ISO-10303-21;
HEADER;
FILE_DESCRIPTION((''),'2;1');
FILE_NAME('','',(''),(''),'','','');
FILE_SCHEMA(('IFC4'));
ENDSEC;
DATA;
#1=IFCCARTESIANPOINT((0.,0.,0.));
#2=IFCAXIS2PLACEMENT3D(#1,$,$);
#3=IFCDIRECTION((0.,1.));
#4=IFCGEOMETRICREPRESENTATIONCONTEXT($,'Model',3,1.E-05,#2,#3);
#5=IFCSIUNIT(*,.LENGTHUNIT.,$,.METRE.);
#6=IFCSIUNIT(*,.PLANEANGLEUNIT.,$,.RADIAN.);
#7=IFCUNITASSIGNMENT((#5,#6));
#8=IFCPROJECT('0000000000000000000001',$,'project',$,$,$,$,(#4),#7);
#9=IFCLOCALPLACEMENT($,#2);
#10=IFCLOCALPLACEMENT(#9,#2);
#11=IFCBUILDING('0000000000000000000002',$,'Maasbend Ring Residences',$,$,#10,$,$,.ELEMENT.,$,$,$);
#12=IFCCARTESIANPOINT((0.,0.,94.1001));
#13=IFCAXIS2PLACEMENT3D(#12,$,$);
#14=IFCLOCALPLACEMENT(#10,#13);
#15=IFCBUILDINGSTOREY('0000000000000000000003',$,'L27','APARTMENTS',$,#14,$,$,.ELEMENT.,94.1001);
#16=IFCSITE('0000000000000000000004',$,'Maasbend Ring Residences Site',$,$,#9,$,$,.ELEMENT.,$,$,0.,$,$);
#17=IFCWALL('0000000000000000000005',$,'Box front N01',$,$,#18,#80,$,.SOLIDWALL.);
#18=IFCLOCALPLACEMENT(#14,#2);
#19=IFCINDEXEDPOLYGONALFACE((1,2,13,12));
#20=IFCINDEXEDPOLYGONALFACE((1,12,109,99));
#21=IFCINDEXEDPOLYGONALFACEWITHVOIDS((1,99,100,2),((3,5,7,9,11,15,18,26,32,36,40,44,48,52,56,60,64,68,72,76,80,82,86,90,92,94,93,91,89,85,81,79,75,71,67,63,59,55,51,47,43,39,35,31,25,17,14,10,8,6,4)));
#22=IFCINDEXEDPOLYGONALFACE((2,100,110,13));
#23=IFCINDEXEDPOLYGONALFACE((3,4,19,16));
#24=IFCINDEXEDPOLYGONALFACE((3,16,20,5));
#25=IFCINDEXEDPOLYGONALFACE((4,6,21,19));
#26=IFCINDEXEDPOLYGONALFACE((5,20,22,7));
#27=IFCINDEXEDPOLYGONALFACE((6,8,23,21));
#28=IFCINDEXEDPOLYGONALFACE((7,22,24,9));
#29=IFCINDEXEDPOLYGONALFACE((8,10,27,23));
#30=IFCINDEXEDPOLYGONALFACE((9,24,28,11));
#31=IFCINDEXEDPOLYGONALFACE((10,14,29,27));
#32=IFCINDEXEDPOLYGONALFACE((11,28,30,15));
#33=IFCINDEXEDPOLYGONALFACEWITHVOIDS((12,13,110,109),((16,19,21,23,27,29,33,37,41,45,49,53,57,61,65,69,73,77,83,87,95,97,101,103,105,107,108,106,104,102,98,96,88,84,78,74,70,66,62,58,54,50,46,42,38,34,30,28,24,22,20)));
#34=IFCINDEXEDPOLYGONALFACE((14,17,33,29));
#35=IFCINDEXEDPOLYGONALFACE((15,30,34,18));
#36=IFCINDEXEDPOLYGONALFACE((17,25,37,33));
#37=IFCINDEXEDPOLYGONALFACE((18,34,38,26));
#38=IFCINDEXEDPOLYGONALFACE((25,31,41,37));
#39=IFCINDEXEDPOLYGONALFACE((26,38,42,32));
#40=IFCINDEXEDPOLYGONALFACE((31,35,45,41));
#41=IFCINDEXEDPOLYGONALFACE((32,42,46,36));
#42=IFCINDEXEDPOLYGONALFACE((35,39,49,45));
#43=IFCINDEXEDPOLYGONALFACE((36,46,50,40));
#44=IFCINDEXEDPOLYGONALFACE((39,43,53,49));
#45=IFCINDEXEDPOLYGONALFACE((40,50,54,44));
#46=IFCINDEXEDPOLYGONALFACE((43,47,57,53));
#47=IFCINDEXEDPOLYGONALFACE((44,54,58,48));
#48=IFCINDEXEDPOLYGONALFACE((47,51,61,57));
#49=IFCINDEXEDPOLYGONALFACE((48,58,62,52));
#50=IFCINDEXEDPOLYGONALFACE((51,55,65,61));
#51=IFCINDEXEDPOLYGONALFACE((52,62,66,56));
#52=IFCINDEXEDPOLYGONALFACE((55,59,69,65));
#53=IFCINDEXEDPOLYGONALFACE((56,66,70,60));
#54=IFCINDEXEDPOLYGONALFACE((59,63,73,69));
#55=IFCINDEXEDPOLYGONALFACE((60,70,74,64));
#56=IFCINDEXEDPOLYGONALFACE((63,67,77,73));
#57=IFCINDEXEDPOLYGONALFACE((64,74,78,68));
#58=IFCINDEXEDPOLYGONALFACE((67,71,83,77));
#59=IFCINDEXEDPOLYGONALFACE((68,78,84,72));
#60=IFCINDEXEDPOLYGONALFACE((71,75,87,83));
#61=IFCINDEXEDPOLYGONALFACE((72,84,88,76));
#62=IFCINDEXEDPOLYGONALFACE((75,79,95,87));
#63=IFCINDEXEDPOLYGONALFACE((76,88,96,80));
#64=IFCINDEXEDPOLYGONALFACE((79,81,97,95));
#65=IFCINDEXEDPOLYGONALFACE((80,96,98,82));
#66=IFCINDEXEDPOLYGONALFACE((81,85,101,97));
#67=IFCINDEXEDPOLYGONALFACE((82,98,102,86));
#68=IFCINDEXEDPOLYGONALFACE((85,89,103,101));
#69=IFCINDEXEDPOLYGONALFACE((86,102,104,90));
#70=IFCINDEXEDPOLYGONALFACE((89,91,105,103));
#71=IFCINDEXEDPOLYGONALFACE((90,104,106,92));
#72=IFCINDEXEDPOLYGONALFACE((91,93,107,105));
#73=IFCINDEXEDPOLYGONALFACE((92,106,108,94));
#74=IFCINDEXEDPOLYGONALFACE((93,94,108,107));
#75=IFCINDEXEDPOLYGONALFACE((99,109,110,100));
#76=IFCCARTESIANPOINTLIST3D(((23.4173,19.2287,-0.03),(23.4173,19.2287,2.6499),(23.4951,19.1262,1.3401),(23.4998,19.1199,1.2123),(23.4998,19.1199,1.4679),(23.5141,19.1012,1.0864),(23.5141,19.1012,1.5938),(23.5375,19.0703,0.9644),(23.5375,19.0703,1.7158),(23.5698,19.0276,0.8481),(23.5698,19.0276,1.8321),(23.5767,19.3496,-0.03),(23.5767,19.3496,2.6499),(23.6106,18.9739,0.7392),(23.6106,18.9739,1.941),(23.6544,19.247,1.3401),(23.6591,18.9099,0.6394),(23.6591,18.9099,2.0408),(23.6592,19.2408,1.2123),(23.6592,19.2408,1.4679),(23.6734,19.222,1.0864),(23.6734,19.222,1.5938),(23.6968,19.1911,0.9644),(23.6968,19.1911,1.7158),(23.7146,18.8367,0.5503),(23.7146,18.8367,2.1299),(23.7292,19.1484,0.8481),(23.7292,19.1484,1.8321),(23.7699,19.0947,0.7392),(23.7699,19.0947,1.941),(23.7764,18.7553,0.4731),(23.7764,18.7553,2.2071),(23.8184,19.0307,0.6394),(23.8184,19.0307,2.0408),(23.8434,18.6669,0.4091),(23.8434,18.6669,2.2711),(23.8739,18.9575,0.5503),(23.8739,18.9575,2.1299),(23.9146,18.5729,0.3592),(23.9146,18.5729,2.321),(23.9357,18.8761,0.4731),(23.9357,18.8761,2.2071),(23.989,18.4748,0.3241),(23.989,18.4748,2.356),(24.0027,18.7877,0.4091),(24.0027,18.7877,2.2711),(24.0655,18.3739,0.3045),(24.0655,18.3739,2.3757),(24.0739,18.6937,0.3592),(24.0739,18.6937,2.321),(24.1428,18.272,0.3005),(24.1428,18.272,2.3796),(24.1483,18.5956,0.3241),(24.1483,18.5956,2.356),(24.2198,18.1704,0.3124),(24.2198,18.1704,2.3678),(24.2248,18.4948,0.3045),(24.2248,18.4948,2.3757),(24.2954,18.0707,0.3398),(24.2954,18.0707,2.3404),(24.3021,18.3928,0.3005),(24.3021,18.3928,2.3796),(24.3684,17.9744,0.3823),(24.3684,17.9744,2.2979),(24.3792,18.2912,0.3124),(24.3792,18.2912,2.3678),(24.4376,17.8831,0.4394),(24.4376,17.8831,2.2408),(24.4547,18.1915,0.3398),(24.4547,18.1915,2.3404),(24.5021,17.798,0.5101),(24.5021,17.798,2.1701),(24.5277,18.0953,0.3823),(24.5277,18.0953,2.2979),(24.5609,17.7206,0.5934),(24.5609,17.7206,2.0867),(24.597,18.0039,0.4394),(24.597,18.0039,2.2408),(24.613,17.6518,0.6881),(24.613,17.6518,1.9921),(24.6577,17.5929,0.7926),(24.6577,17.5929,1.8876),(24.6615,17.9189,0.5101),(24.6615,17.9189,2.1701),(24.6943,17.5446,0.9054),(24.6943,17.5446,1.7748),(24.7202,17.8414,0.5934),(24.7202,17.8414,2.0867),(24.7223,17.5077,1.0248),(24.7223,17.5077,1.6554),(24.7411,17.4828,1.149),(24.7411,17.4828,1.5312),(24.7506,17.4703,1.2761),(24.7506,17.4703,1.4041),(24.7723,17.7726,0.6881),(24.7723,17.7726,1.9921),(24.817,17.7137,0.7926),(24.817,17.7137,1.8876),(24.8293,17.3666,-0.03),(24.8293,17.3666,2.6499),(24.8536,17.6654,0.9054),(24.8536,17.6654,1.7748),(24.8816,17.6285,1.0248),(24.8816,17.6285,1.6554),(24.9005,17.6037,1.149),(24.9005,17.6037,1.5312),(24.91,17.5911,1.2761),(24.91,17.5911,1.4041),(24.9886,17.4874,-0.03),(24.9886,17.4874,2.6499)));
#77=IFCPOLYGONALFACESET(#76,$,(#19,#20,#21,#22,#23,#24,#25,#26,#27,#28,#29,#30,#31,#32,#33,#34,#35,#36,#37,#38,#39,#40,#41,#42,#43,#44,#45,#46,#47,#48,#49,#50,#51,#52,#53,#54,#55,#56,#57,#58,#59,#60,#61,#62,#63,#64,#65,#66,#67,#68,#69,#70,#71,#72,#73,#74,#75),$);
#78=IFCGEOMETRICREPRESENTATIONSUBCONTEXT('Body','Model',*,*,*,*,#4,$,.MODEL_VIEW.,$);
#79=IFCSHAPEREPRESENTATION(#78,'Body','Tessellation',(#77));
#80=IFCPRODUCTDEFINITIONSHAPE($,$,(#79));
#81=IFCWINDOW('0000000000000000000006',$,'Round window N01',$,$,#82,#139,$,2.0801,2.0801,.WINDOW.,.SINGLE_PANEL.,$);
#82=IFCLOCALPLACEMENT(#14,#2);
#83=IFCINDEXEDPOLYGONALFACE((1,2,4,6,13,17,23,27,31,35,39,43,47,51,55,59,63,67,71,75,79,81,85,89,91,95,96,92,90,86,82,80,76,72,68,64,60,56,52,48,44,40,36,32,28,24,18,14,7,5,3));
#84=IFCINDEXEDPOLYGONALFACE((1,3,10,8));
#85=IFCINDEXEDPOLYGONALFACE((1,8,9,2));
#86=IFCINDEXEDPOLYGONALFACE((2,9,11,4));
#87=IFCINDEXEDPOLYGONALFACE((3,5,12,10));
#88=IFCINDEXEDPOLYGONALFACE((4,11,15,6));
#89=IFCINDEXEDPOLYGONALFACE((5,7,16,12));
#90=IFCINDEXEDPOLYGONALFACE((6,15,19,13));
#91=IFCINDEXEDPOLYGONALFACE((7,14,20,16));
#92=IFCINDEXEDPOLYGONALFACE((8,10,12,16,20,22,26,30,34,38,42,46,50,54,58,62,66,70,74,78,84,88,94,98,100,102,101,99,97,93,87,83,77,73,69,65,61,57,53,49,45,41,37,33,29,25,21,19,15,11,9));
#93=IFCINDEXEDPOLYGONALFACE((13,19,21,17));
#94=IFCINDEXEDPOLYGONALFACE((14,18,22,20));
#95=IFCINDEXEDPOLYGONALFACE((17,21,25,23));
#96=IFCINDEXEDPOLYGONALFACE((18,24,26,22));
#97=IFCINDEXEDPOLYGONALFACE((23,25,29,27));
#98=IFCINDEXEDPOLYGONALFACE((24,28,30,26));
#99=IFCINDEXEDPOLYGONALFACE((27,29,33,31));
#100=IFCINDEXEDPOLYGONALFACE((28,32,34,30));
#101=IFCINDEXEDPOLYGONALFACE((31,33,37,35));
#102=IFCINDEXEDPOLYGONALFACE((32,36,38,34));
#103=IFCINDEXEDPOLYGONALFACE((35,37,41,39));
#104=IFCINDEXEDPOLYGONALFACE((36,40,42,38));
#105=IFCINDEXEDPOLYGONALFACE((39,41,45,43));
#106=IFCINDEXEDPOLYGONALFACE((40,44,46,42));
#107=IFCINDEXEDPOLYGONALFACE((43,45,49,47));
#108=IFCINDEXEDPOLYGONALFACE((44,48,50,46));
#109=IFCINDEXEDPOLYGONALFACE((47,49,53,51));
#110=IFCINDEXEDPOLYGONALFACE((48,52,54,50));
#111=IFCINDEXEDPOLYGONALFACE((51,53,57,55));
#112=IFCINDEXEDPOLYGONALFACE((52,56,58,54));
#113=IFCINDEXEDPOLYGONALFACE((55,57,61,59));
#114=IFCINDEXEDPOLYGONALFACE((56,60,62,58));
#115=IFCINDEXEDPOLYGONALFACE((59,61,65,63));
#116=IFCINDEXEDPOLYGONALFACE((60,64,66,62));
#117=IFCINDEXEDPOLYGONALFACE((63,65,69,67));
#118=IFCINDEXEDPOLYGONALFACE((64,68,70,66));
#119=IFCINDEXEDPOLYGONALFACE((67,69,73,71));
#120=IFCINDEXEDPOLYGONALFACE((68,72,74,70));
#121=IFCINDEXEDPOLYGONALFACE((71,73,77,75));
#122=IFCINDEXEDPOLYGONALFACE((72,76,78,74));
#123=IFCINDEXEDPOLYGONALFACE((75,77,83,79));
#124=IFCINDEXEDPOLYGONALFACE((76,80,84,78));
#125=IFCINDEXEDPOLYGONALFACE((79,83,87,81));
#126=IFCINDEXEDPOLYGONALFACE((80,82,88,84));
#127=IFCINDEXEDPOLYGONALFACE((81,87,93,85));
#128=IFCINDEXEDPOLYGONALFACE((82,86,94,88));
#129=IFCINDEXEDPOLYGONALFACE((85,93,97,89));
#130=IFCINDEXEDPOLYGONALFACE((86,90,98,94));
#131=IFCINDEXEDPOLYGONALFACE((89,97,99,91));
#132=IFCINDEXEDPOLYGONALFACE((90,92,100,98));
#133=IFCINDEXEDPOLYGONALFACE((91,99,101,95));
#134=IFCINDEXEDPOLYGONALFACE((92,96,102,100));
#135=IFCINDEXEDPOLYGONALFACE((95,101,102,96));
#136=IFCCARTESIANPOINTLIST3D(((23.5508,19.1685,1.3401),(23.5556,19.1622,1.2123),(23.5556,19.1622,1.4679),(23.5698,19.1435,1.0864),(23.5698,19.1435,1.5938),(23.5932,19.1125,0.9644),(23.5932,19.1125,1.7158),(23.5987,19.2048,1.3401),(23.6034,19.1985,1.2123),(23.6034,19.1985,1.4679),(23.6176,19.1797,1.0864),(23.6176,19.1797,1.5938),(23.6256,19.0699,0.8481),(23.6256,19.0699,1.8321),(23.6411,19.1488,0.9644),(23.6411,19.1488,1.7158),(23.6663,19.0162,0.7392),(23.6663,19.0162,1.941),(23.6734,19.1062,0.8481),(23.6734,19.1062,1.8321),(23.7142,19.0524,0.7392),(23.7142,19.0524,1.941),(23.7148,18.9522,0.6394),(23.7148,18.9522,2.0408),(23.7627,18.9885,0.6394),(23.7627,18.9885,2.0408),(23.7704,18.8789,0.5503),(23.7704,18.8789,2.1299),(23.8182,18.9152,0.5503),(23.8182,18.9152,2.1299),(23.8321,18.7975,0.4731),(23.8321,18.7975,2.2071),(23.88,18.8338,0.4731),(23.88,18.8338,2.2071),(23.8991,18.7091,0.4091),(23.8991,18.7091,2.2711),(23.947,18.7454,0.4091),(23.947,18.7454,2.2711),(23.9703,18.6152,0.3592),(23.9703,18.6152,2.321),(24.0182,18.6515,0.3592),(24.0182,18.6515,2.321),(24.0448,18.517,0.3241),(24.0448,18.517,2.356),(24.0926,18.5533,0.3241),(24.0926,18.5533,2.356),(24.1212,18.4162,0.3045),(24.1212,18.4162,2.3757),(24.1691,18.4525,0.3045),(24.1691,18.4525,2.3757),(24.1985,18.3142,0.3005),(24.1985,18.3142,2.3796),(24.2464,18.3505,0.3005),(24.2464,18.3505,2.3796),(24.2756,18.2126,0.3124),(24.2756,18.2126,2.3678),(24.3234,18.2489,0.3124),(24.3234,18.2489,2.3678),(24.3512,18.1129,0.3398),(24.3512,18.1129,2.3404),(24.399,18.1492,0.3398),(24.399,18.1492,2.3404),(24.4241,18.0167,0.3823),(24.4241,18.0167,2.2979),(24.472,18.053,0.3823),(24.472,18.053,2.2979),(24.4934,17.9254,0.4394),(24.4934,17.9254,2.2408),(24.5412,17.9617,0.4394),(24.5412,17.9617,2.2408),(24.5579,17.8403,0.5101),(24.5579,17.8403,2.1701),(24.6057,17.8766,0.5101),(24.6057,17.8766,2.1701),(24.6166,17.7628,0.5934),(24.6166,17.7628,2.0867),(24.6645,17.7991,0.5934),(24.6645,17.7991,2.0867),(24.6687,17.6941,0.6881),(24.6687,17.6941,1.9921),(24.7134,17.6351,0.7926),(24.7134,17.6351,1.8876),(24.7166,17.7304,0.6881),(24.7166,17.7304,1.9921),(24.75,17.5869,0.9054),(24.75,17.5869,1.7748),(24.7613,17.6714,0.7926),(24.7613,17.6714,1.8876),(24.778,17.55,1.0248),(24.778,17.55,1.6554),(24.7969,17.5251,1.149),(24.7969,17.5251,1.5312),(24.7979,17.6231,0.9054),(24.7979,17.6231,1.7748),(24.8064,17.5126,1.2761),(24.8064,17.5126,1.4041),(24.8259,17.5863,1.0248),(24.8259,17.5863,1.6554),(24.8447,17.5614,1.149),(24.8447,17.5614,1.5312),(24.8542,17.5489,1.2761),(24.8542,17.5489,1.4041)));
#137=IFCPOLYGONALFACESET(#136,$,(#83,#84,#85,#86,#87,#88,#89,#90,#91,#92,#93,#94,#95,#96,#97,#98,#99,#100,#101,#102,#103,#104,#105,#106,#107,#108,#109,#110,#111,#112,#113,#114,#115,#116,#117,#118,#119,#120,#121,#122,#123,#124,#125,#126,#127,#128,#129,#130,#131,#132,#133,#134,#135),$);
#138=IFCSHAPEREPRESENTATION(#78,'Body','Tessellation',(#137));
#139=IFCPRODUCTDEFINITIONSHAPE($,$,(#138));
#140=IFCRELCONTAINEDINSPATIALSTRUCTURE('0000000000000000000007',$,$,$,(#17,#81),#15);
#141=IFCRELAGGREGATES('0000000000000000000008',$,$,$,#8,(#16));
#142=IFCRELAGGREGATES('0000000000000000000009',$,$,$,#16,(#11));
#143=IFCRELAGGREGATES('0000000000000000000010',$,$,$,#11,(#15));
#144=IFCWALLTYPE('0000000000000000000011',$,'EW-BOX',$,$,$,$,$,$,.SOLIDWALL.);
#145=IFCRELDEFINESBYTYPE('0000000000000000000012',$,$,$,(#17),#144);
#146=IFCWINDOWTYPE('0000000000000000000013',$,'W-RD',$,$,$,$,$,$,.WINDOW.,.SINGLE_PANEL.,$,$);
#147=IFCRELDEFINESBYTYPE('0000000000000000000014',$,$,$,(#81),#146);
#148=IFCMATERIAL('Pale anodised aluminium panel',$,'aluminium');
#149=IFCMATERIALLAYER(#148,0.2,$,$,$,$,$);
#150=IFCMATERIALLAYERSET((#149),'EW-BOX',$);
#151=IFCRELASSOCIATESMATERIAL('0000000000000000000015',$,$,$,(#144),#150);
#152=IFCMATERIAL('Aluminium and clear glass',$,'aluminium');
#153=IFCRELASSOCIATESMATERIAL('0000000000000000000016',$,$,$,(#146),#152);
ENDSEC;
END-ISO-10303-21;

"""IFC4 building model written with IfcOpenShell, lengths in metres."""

from ifc_helpers import new_model, si_unit, direction, frame, frame_2d, origin, place, context, subcontext, project, spatial, rectangle, circle, extrude, material, layer, layer_set, type_object, element, fill, save


model = new_model("IFC4")

# Units and contexts
model_context = context("Model", 3, precision=1e-05, world=origin(), true_north=direction((0.0, 1.0)))
body_context = subcontext(model_context, "Body", "Model", "MODEL_VIEW")
ifc_project = project(units=[si_unit("LENGTHUNIT", "METRE"), si_unit("PLANEANGLEUNIT", "RADIAN")], contexts=[model_context])

# Site, building, storey
site_placement = place(None, origin())
site = spatial("IfcSite", under=ifc_project, at=site_placement, Name="Maasbend Ring Residences Site", CompositionType="ELEMENT", RefElevation=0.0)
building_placement = place(site_placement, origin())
building = spatial("IfcBuilding", under=site, at=building_placement, Name="Maasbend Ring Residences", CompositionType="ELEMENT")
storey_placement = place(building_placement, frame((0.0, 0.0, 94.1001)))
storey = spatial("IfcBuildingStorey", under=building, at=storey_placement, Name="L27", Description="APARTMENTS", CompositionType="ELEMENT", Elevation=94.1001)

# Wall, opening, window
ifc_material_1 = material(Name="Pale anodised aluminium panel", Category="aluminium")
ifc_layer_1 = layer(ifc_material_1, 0.2)
ifc_layer_set_1 = layer_set([ifc_layer_1], Name="EW-BOX")
wall_type_1 = type_object("IfcWallType", Name="EW-BOX", PredefinedType="SOLIDWALL", material=ifc_layer_set_1)
wall_1_placement = place(storey_placement, frame((24.9089, 17.427, -0.03), z_axis=(0.0, 0.0, 1.0), x_axis=(-0.604188, 0.796842, 0.0)))
wall_1 = element("IfcWall", 1, at=wall_1_placement, inside=storey, type_object=wall_type_1, Name="Box front N01", PredefinedType="SOLIDWALL", context=body_context, shape_type="SweptSolid", body=[
    extrude(rectangle(XDim=2.3369, YDim=0.2, at=frame_2d((1.1685, 0.0))), origin(), (0.0, 0.0, 1.0), 2.6799),
])
opening_1_placement = place(wall_1_placement, frame((0.1282, 0.0, 0.3301)))
opening_1 = element("IfcOpeningElement", 2, at=opening_1_placement, cuts=wall_1, PredefinedType="OPENING", context=body_context, shape_type="SweptSolid", body=[
    extrude(circle(Radius=1.04, at=frame_2d((1.04, 1.04))), frame((0.0, 0.1099, 0.0), z_axis=(0.0, -1.0, 0.0), x_axis=(1.0, 0.0, 0.0)), (0.0, 0.0, 1.0), 0.22),
])
ifc_material_2 = material(Name="Aluminium and clear glass", Category="aluminium")
window_type_1 = type_object("IfcWindowType", Name="W-RD", PartitioningType="SINGLE_PANEL", PredefinedType="WINDOW", material=ifc_material_2)
window_1_placement = place(opening_1_placement, origin())
window_1 = element("IfcWindow", 3, at=window_1_placement, inside=storey, type_object=window_type_1, Name="Round window N01", OverallHeight=2.0801, OverallWidth=2.0801, PartitioningType="SINGLE_PANEL", PredefinedType="WINDOW", context=body_context, shape_type="SweptSolid", body=[
    extrude(circle(Radius=1.04, at=frame_2d((1.04, 1.04))), frame((0.0, 0.03, 0.0), z_axis=(0.0, -1.0, 0.0), x_axis=(1.0, 0.0, 0.0)), (0.0, 0.0, 1.0), 0.0601),
])
fill(opening_1, window_1)

save(model, "model.ifc")
